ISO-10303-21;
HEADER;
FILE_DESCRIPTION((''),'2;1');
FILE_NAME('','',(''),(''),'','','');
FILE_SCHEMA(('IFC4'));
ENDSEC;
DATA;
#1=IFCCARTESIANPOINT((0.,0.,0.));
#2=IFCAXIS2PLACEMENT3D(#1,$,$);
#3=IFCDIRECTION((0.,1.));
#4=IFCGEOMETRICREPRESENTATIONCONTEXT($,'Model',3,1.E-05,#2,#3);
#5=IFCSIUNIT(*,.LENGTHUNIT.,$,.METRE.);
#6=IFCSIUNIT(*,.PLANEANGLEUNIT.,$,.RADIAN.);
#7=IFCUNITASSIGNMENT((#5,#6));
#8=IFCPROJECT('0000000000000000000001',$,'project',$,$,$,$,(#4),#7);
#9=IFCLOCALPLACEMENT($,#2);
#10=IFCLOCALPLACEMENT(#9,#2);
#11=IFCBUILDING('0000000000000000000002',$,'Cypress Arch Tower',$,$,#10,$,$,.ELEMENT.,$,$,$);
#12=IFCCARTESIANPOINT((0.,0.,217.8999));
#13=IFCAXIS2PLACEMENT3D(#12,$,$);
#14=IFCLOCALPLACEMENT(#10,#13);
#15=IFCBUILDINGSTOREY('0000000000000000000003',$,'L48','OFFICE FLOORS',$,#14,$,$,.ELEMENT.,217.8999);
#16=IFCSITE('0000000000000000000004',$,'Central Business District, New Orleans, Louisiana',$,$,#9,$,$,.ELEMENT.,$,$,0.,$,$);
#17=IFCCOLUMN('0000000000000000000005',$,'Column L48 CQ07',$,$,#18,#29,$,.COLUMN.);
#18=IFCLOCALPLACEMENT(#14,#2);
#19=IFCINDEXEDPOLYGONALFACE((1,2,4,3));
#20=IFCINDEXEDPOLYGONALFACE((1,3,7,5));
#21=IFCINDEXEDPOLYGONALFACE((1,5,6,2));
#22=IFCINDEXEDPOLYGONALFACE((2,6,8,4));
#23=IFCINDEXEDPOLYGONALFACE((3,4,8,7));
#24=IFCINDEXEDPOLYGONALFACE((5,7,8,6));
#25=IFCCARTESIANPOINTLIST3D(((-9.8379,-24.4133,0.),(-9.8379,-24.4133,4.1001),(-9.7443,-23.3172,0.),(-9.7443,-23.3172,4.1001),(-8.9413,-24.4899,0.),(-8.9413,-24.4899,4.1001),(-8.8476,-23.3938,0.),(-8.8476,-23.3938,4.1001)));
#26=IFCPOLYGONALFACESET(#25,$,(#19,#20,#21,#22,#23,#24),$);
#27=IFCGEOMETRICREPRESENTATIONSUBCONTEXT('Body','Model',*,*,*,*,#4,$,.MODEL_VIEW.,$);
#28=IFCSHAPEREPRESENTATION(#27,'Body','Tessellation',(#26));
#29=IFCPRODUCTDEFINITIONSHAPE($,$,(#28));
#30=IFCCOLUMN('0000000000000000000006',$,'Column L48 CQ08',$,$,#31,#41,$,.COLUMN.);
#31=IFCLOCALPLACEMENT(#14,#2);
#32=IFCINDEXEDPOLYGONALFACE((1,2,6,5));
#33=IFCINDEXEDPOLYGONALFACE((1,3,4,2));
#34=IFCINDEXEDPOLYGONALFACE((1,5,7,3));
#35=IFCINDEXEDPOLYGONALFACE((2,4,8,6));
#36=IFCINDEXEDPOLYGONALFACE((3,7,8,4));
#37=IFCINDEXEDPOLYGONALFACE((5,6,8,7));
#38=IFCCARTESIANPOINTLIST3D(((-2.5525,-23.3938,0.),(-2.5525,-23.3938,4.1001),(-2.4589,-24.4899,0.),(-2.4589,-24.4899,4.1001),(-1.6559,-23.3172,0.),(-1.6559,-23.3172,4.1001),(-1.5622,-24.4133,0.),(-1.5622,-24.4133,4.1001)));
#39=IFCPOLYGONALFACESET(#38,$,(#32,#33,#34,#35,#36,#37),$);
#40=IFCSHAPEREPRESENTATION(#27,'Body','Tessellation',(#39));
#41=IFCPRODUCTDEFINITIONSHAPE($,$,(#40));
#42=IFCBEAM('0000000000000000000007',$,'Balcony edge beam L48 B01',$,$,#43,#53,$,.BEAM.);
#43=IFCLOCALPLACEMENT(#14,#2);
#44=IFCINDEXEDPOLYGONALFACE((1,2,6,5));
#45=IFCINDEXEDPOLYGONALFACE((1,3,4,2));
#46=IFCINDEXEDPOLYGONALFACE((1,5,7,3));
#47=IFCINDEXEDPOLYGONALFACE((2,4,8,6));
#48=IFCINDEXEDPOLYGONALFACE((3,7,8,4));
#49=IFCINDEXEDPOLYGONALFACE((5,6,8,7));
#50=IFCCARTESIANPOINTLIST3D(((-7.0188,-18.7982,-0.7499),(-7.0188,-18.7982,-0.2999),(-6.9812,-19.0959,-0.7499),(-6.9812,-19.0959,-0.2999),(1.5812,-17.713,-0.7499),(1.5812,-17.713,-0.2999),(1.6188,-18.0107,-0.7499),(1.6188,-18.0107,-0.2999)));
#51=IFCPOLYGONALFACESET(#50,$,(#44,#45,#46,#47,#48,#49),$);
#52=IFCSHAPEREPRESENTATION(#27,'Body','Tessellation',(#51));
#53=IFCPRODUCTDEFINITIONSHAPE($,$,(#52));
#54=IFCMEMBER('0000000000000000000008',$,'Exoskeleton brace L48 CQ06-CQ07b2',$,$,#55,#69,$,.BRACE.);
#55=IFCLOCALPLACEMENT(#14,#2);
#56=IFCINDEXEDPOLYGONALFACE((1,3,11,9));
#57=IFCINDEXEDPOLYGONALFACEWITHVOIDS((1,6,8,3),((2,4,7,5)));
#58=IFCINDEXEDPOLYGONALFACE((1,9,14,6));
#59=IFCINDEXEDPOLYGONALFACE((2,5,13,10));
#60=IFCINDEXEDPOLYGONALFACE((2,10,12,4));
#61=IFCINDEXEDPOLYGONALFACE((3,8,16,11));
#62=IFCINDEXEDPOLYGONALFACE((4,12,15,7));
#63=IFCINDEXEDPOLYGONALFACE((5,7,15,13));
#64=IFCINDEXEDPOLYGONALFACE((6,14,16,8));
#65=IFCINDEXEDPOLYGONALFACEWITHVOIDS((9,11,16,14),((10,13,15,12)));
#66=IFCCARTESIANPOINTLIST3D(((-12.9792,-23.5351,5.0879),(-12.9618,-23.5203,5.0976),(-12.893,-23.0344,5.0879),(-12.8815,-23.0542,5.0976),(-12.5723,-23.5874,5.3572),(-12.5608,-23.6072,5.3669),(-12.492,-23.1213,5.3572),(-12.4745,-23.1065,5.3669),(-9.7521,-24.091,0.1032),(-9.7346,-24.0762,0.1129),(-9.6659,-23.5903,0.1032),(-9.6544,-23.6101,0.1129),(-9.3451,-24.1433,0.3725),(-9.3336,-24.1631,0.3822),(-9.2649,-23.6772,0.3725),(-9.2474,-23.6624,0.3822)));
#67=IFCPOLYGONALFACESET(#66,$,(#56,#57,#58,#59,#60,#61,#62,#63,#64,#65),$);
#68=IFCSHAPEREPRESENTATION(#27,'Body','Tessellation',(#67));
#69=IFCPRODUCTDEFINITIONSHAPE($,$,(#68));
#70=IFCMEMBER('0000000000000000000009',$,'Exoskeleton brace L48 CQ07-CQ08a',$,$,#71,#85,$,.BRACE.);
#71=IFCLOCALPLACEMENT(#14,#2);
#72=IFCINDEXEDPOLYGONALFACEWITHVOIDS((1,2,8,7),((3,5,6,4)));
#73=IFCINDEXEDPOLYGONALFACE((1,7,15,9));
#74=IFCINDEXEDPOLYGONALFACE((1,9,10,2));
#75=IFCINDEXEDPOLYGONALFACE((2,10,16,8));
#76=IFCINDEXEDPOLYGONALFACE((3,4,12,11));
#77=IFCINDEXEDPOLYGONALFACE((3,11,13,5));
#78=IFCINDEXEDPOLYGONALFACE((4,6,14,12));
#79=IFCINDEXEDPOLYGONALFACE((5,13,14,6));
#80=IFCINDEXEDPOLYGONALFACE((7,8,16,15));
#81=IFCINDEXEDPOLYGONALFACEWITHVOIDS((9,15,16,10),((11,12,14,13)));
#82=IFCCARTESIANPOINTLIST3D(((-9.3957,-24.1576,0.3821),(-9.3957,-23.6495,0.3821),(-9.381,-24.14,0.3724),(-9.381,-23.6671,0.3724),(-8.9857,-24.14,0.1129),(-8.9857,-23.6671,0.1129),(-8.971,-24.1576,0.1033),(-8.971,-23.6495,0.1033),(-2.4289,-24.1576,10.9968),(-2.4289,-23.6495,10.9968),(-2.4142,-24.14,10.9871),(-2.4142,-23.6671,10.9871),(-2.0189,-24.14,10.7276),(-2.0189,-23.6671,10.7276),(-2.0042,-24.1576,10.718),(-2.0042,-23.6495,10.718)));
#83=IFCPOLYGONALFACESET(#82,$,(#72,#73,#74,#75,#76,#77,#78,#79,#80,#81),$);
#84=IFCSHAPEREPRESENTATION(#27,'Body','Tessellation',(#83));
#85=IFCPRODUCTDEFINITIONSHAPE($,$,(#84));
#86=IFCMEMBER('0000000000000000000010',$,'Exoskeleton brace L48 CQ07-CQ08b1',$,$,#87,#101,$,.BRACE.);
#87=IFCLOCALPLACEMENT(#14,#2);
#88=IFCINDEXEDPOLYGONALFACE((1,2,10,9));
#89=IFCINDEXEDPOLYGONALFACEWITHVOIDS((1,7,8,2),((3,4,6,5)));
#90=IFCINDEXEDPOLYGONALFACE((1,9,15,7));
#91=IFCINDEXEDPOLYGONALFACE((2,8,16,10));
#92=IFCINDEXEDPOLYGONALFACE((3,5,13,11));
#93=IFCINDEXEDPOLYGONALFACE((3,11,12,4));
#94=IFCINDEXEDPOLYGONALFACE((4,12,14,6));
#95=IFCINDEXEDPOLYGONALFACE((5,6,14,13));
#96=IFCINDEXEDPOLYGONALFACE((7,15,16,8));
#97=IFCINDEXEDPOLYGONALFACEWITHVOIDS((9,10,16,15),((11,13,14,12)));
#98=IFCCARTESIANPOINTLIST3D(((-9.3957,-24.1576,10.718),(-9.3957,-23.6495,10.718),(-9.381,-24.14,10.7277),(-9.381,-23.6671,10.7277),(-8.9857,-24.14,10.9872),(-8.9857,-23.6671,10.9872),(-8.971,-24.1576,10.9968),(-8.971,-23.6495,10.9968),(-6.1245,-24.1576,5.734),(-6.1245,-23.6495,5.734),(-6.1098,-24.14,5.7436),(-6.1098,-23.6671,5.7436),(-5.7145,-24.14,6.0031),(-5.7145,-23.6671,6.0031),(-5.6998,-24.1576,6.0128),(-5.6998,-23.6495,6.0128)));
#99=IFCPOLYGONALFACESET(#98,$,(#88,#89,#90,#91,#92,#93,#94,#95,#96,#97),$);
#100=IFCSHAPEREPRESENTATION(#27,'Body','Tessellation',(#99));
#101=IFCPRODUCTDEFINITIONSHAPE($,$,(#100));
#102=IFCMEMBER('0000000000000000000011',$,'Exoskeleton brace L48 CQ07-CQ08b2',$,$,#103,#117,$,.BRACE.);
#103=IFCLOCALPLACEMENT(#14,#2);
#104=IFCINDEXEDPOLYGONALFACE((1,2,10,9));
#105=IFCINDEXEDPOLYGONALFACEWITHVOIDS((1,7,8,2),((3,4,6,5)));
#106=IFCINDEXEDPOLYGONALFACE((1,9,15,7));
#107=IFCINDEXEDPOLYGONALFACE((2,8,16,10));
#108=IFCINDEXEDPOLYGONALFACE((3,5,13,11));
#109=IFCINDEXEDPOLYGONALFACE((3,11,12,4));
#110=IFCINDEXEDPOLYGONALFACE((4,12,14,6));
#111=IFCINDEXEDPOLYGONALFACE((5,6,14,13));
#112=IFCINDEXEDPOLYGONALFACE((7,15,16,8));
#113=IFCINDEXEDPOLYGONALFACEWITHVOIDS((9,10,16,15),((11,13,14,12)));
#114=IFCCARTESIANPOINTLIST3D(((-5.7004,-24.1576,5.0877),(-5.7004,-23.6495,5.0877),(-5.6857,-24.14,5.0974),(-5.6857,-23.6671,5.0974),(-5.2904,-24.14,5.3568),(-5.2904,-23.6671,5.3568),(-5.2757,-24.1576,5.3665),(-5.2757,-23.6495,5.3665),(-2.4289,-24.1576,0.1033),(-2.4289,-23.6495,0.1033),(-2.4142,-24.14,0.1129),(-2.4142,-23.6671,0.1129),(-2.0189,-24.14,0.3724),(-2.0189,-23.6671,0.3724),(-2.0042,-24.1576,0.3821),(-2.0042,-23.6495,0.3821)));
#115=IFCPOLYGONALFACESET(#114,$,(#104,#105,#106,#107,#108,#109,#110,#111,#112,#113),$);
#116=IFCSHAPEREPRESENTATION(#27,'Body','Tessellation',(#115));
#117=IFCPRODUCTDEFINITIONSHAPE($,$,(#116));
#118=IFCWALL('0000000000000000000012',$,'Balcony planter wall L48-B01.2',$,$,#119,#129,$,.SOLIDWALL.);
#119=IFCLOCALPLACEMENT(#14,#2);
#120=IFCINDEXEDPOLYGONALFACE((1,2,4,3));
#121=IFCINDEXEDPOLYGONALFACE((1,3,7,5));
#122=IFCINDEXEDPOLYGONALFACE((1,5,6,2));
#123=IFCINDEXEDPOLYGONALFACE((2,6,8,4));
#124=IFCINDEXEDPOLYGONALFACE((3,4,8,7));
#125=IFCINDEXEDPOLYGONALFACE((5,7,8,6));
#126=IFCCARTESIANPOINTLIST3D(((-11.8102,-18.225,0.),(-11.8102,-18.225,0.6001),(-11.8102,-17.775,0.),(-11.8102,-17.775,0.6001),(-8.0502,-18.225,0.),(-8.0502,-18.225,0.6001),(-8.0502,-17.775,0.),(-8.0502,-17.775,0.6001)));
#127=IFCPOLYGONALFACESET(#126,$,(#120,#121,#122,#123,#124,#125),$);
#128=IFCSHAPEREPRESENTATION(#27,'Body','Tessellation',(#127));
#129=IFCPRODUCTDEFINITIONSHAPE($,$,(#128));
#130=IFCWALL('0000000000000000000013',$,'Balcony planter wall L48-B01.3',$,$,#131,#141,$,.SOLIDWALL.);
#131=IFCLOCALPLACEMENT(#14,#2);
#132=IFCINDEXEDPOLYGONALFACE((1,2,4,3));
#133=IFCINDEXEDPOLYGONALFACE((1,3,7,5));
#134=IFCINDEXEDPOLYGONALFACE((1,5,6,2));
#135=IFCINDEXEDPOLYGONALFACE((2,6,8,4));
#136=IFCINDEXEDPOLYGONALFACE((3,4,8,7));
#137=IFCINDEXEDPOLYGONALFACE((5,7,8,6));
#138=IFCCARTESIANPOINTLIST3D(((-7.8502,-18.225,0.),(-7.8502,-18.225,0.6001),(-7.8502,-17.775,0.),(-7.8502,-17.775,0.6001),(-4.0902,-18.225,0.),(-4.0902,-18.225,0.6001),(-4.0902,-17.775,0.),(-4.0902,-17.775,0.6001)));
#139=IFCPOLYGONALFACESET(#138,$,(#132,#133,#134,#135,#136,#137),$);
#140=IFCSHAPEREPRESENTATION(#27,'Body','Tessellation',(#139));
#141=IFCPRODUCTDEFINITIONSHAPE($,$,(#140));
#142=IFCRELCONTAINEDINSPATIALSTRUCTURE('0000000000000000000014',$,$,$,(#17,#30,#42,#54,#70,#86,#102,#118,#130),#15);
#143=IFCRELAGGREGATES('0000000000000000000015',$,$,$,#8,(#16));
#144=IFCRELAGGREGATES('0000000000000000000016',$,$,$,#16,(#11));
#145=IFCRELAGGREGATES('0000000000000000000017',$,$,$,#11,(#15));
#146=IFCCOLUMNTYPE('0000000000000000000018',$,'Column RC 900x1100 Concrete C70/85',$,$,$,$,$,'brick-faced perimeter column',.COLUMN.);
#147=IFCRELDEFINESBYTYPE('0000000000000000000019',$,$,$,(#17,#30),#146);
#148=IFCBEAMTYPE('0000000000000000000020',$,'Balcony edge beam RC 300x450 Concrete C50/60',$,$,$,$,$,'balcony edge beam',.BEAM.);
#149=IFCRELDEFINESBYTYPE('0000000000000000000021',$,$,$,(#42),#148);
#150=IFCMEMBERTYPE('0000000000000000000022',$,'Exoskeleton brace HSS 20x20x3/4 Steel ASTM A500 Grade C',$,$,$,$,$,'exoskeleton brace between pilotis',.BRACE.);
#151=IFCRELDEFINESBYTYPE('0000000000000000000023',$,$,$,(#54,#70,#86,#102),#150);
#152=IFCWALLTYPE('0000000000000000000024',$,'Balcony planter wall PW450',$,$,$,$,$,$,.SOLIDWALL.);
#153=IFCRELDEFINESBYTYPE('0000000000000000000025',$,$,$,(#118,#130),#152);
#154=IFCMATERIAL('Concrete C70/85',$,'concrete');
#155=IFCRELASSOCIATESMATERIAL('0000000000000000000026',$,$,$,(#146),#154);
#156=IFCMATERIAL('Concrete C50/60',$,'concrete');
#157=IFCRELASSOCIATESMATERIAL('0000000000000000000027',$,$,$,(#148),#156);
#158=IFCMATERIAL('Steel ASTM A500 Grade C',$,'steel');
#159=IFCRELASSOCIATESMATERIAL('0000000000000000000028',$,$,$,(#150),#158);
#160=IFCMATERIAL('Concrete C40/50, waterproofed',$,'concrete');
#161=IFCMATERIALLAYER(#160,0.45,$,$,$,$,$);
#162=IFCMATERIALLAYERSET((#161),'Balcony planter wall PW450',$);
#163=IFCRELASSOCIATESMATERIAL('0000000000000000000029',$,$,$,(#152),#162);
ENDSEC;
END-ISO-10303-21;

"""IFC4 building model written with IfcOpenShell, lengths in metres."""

from ifc_helpers import new_model, si_unit, direction, frame, frame_2d, origin, origin_2d, place, context, subcontext, project, spatial, rectangle, hollow_rectangle, extrude, material, layer, layer_set, material_profile, profile_set, type_object, element, save


model = new_model("IFC4")

# Units and contexts
model_context = context("Model", 3, precision=1e-05, world=origin(), true_north=direction((0.0, 1.0)))
body_context = subcontext(model_context, "Body", "Model", "MODEL_VIEW")
ifc_project = project(units=[si_unit("LENGTHUNIT", "METRE"), si_unit("PLANEANGLEUNIT", "RADIAN")], contexts=[model_context])

# Site, building, storey
site_placement = place(None, origin())
site = spatial("IfcSite", under=ifc_project, at=site_placement, Name="Central Business District, New Orleans, Louisiana", CompositionType="ELEMENT", RefElevation=0.0)
building_placement = place(site_placement, origin())
building = spatial("IfcBuilding", under=site, at=building_placement, Name="Cypress Arch Tower", CompositionType="ELEMENT")
storey_placement = place(building_placement, frame((0.0, 0.0, 217.8999)))
storey = spatial("IfcBuildingStorey", under=building, at=storey_placement, Name="L48", Description="OFFICE FLOORS", CompositionType="ELEMENT", Elevation=217.8999)

# Columns
ifc_material_1 = material(Name="Concrete C70/85", Category="concrete")
ifc_material_profile_1 = material_profile(ifc_material_1, rectangle(XDim=0.8999, YDim=1.1001, at=origin_2d()), Name="RC 900x1100")
ifc_profile_set_1 = profile_set([ifc_material_profile_1], Name="Concrete C70/85")
column_type = type_object("IfcColumnType", Name="Column RC 900x1100 Concrete C70/85", ElementType="brick-faced perimeter column", PredefinedType="COLUMN", material=ifc_profile_set_1)
for number, where, z_axis, x_axis, name in (
    (1, (-9.3428, -23.9036, 0.0), (0.0, 0.0, 1.0), (0.996368, -0.085149, 0.0), "Column L48 CQ07"),
    (2, (-2.0574, -23.9036, 0.0), (0.0, 0.0, 1.0), (0.996368, 0.085149, 0.0), "Column L48 CQ08"),
):
    element("IfcColumn", number, at=place(storey_placement, frame(where, z_axis=z_axis, x_axis=x_axis)), inside=storey, type_object=column_type, Name=name, PredefinedType="COLUMN", context=body_context, shape_type="SweptSolid", body=[
        extrude(rectangle(XDim=0.8999, YDim=1.1001, at=origin_2d()), origin(), (0.0, 0.0, 1.0), 4.1001),
    ])

# Beam
ifc_material_2 = material(Name="Concrete C50/60", Category="concrete")
ifc_material_profile_2 = material_profile(ifc_material_2, rectangle(XDim=0.3, YDim=0.45, at=origin_2d()), Name="RC 300x450")
ifc_profile_set_2 = profile_set([ifc_material_profile_2], Name="Concrete C50/60")
beam_type = type_object("IfcBeamType", Name="Balcony edge beam RC 300x450 Concrete C50/60", ElementType="balcony edge beam", PredefinedType="BEAM", material=ifc_profile_set_2)
beam_placement = place(storey_placement, frame((-7.0, -18.947, -0.5249), z_axis=(0.992132, 0.125192, 0.0), x_axis=(-0.125192, 0.992132, 0.0)))
element("IfcBeam", 3, at=beam_placement, inside=storey, type_object=beam_type, Name="Balcony edge beam L48 B01", PredefinedType="BEAM", context=body_context, shape_type="SweptSolid", body=[
    extrude(rectangle(XDim=0.3, YDim=0.45, at=origin_2d()), origin(), (0.0, 0.0, 1.0), 8.6682),
])

# Members
ifc_material_3 = material(Name="Steel ASTM A500 Grade C", Category="steel")
ifc_material_profile_3 = material_profile(ifc_material_3, hollow_rectangle(XDim=0.5081, YDim=0.5081, WallThickness=0.0176, at=origin_2d()), Name="HSS 20x20x3/4")
ifc_profile_set_3 = profile_set([ifc_material_profile_3], Name="Steel ASTM A500 Grade C")
member_type = type_object("IfcMemberType", Name="Exoskeleton brace HSS 20x20x3/4 Steel ASTM A500 Grade C", ElementType="exoskeleton brace between pilotis", PredefinedType="BRACE", material=ifc_profile_set_3)
member_1_placement = place(storey_placement, frame((-9.4998, -23.8767, 0.2427), z_axis=(-0.541088, 0.093211, 0.835784), x_axis=(-0.169765, -0.985485, 0.0)))
element("IfcMember", 4, at=member_1_placement, inside=storey, type_object=member_type, Name="Exoskeleton brace L48 CQ06-CQ07b2", PredefinedType="BRACE", context=body_context, shape_type="SweptSolid", body=[
    extrude(hollow_rectangle(XDim=0.5081, YDim=0.5081, WallThickness=0.0176, at=origin_2d()), origin(), (0.0, 0.0, 1.0), 5.9641),
])
member_2_placement = place(storey_placement, frame((-9.1833, -23.9036, 0.2427), z_axis=(0.548704, 0.0, 0.836016), x_axis=(0.0, 1.0, 0.0)))
element("IfcMember", 5, at=member_2_placement, inside=storey, type_object=member_type, Name="Exoskeleton brace L48 CQ07-CQ08a", PredefinedType="BRACE", context=body_context, shape_type="SweptSolid", body=[
    extrude(hollow_rectangle(XDim=0.5081, YDim=0.5081, WallThickness=0.0176, at=origin_2d()), origin(), (0.0, 0.0, 1.0), 12.6968),
])
member_3_placement = place(storey_placement, frame((-9.1833, -23.9036, 10.8574), z_axis=(0.548704, 0.0, -0.836017), x_axis=(0.0, 1.0, 0.0)))
element("IfcMember", 6, at=member_3_placement, inside=storey, type_object=member_type, Name="Exoskeleton brace L48 CQ07-CQ08b1", PredefinedType="BRACE", context=body_context, shape_type="SweptSolid", body=[
    extrude(hollow_rectangle(XDim=0.5081, YDim=0.5081, WallThickness=0.0176, at=origin_2d()), origin(), (0.0, 0.0, 1.0), 5.9617),
])
member_4_placement = place(storey_placement, frame((-2.2166, -23.9036, 0.2427), z_axis=(-0.548714, 0.0, 0.83601), x_axis=(0.0, -1.0, 0.0)))
element("IfcMember", 7, at=member_4_placement, inside=storey, type_object=member_type, Name="Exoskeleton brace L48 CQ07-CQ08b2", PredefinedType="BRACE", context=body_context, shape_type="SweptSolid", body=[
    extrude(hollow_rectangle(XDim=0.5081, YDim=0.5081, WallThickness=0.0176, at=origin_2d()), origin(), (0.0, 0.0, 1.0), 5.9622),
])

# Walls
ifc_material_4 = material(Name="Concrete C40/50, waterproofed", Category="concrete")
ifc_layer_1 = layer(ifc_material_4, 0.45)
ifc_layer_set_1 = layer_set([ifc_layer_1], Name="Balcony planter wall PW450")
wall_type_1 = type_object("IfcWallType", Name="Balcony planter wall PW450", PredefinedType="SOLIDWALL", material=ifc_layer_set_1)
for number, where, z_axis, x_axis, name in (
    (8, (-11.8101, -18.0, 0.0), (0.0, 0.0, 1.0), (1.0, 0.0, 0.0), "Balcony planter wall L48-B01.2"),
    (9, (-7.8501, -18.0, 0.0), (0.0, 0.0, 1.0), (1.0, 0.0, 0.0), "Balcony planter wall L48-B01.3"),
):
    element("IfcWall", number, at=place(storey_placement, frame(where, z_axis=z_axis, x_axis=x_axis)), inside=storey, type_object=wall_type_1, Name=name, PredefinedType="SOLIDWALL", context=body_context, shape_type="SweptSolid", body=[
        extrude(rectangle(XDim=3.76, YDim=0.45, at=frame_2d((1.8799, 0.0))), origin(), (0.0, 0.0, 1.0), 0.6001),
    ])

save(model, "model.ifc")
